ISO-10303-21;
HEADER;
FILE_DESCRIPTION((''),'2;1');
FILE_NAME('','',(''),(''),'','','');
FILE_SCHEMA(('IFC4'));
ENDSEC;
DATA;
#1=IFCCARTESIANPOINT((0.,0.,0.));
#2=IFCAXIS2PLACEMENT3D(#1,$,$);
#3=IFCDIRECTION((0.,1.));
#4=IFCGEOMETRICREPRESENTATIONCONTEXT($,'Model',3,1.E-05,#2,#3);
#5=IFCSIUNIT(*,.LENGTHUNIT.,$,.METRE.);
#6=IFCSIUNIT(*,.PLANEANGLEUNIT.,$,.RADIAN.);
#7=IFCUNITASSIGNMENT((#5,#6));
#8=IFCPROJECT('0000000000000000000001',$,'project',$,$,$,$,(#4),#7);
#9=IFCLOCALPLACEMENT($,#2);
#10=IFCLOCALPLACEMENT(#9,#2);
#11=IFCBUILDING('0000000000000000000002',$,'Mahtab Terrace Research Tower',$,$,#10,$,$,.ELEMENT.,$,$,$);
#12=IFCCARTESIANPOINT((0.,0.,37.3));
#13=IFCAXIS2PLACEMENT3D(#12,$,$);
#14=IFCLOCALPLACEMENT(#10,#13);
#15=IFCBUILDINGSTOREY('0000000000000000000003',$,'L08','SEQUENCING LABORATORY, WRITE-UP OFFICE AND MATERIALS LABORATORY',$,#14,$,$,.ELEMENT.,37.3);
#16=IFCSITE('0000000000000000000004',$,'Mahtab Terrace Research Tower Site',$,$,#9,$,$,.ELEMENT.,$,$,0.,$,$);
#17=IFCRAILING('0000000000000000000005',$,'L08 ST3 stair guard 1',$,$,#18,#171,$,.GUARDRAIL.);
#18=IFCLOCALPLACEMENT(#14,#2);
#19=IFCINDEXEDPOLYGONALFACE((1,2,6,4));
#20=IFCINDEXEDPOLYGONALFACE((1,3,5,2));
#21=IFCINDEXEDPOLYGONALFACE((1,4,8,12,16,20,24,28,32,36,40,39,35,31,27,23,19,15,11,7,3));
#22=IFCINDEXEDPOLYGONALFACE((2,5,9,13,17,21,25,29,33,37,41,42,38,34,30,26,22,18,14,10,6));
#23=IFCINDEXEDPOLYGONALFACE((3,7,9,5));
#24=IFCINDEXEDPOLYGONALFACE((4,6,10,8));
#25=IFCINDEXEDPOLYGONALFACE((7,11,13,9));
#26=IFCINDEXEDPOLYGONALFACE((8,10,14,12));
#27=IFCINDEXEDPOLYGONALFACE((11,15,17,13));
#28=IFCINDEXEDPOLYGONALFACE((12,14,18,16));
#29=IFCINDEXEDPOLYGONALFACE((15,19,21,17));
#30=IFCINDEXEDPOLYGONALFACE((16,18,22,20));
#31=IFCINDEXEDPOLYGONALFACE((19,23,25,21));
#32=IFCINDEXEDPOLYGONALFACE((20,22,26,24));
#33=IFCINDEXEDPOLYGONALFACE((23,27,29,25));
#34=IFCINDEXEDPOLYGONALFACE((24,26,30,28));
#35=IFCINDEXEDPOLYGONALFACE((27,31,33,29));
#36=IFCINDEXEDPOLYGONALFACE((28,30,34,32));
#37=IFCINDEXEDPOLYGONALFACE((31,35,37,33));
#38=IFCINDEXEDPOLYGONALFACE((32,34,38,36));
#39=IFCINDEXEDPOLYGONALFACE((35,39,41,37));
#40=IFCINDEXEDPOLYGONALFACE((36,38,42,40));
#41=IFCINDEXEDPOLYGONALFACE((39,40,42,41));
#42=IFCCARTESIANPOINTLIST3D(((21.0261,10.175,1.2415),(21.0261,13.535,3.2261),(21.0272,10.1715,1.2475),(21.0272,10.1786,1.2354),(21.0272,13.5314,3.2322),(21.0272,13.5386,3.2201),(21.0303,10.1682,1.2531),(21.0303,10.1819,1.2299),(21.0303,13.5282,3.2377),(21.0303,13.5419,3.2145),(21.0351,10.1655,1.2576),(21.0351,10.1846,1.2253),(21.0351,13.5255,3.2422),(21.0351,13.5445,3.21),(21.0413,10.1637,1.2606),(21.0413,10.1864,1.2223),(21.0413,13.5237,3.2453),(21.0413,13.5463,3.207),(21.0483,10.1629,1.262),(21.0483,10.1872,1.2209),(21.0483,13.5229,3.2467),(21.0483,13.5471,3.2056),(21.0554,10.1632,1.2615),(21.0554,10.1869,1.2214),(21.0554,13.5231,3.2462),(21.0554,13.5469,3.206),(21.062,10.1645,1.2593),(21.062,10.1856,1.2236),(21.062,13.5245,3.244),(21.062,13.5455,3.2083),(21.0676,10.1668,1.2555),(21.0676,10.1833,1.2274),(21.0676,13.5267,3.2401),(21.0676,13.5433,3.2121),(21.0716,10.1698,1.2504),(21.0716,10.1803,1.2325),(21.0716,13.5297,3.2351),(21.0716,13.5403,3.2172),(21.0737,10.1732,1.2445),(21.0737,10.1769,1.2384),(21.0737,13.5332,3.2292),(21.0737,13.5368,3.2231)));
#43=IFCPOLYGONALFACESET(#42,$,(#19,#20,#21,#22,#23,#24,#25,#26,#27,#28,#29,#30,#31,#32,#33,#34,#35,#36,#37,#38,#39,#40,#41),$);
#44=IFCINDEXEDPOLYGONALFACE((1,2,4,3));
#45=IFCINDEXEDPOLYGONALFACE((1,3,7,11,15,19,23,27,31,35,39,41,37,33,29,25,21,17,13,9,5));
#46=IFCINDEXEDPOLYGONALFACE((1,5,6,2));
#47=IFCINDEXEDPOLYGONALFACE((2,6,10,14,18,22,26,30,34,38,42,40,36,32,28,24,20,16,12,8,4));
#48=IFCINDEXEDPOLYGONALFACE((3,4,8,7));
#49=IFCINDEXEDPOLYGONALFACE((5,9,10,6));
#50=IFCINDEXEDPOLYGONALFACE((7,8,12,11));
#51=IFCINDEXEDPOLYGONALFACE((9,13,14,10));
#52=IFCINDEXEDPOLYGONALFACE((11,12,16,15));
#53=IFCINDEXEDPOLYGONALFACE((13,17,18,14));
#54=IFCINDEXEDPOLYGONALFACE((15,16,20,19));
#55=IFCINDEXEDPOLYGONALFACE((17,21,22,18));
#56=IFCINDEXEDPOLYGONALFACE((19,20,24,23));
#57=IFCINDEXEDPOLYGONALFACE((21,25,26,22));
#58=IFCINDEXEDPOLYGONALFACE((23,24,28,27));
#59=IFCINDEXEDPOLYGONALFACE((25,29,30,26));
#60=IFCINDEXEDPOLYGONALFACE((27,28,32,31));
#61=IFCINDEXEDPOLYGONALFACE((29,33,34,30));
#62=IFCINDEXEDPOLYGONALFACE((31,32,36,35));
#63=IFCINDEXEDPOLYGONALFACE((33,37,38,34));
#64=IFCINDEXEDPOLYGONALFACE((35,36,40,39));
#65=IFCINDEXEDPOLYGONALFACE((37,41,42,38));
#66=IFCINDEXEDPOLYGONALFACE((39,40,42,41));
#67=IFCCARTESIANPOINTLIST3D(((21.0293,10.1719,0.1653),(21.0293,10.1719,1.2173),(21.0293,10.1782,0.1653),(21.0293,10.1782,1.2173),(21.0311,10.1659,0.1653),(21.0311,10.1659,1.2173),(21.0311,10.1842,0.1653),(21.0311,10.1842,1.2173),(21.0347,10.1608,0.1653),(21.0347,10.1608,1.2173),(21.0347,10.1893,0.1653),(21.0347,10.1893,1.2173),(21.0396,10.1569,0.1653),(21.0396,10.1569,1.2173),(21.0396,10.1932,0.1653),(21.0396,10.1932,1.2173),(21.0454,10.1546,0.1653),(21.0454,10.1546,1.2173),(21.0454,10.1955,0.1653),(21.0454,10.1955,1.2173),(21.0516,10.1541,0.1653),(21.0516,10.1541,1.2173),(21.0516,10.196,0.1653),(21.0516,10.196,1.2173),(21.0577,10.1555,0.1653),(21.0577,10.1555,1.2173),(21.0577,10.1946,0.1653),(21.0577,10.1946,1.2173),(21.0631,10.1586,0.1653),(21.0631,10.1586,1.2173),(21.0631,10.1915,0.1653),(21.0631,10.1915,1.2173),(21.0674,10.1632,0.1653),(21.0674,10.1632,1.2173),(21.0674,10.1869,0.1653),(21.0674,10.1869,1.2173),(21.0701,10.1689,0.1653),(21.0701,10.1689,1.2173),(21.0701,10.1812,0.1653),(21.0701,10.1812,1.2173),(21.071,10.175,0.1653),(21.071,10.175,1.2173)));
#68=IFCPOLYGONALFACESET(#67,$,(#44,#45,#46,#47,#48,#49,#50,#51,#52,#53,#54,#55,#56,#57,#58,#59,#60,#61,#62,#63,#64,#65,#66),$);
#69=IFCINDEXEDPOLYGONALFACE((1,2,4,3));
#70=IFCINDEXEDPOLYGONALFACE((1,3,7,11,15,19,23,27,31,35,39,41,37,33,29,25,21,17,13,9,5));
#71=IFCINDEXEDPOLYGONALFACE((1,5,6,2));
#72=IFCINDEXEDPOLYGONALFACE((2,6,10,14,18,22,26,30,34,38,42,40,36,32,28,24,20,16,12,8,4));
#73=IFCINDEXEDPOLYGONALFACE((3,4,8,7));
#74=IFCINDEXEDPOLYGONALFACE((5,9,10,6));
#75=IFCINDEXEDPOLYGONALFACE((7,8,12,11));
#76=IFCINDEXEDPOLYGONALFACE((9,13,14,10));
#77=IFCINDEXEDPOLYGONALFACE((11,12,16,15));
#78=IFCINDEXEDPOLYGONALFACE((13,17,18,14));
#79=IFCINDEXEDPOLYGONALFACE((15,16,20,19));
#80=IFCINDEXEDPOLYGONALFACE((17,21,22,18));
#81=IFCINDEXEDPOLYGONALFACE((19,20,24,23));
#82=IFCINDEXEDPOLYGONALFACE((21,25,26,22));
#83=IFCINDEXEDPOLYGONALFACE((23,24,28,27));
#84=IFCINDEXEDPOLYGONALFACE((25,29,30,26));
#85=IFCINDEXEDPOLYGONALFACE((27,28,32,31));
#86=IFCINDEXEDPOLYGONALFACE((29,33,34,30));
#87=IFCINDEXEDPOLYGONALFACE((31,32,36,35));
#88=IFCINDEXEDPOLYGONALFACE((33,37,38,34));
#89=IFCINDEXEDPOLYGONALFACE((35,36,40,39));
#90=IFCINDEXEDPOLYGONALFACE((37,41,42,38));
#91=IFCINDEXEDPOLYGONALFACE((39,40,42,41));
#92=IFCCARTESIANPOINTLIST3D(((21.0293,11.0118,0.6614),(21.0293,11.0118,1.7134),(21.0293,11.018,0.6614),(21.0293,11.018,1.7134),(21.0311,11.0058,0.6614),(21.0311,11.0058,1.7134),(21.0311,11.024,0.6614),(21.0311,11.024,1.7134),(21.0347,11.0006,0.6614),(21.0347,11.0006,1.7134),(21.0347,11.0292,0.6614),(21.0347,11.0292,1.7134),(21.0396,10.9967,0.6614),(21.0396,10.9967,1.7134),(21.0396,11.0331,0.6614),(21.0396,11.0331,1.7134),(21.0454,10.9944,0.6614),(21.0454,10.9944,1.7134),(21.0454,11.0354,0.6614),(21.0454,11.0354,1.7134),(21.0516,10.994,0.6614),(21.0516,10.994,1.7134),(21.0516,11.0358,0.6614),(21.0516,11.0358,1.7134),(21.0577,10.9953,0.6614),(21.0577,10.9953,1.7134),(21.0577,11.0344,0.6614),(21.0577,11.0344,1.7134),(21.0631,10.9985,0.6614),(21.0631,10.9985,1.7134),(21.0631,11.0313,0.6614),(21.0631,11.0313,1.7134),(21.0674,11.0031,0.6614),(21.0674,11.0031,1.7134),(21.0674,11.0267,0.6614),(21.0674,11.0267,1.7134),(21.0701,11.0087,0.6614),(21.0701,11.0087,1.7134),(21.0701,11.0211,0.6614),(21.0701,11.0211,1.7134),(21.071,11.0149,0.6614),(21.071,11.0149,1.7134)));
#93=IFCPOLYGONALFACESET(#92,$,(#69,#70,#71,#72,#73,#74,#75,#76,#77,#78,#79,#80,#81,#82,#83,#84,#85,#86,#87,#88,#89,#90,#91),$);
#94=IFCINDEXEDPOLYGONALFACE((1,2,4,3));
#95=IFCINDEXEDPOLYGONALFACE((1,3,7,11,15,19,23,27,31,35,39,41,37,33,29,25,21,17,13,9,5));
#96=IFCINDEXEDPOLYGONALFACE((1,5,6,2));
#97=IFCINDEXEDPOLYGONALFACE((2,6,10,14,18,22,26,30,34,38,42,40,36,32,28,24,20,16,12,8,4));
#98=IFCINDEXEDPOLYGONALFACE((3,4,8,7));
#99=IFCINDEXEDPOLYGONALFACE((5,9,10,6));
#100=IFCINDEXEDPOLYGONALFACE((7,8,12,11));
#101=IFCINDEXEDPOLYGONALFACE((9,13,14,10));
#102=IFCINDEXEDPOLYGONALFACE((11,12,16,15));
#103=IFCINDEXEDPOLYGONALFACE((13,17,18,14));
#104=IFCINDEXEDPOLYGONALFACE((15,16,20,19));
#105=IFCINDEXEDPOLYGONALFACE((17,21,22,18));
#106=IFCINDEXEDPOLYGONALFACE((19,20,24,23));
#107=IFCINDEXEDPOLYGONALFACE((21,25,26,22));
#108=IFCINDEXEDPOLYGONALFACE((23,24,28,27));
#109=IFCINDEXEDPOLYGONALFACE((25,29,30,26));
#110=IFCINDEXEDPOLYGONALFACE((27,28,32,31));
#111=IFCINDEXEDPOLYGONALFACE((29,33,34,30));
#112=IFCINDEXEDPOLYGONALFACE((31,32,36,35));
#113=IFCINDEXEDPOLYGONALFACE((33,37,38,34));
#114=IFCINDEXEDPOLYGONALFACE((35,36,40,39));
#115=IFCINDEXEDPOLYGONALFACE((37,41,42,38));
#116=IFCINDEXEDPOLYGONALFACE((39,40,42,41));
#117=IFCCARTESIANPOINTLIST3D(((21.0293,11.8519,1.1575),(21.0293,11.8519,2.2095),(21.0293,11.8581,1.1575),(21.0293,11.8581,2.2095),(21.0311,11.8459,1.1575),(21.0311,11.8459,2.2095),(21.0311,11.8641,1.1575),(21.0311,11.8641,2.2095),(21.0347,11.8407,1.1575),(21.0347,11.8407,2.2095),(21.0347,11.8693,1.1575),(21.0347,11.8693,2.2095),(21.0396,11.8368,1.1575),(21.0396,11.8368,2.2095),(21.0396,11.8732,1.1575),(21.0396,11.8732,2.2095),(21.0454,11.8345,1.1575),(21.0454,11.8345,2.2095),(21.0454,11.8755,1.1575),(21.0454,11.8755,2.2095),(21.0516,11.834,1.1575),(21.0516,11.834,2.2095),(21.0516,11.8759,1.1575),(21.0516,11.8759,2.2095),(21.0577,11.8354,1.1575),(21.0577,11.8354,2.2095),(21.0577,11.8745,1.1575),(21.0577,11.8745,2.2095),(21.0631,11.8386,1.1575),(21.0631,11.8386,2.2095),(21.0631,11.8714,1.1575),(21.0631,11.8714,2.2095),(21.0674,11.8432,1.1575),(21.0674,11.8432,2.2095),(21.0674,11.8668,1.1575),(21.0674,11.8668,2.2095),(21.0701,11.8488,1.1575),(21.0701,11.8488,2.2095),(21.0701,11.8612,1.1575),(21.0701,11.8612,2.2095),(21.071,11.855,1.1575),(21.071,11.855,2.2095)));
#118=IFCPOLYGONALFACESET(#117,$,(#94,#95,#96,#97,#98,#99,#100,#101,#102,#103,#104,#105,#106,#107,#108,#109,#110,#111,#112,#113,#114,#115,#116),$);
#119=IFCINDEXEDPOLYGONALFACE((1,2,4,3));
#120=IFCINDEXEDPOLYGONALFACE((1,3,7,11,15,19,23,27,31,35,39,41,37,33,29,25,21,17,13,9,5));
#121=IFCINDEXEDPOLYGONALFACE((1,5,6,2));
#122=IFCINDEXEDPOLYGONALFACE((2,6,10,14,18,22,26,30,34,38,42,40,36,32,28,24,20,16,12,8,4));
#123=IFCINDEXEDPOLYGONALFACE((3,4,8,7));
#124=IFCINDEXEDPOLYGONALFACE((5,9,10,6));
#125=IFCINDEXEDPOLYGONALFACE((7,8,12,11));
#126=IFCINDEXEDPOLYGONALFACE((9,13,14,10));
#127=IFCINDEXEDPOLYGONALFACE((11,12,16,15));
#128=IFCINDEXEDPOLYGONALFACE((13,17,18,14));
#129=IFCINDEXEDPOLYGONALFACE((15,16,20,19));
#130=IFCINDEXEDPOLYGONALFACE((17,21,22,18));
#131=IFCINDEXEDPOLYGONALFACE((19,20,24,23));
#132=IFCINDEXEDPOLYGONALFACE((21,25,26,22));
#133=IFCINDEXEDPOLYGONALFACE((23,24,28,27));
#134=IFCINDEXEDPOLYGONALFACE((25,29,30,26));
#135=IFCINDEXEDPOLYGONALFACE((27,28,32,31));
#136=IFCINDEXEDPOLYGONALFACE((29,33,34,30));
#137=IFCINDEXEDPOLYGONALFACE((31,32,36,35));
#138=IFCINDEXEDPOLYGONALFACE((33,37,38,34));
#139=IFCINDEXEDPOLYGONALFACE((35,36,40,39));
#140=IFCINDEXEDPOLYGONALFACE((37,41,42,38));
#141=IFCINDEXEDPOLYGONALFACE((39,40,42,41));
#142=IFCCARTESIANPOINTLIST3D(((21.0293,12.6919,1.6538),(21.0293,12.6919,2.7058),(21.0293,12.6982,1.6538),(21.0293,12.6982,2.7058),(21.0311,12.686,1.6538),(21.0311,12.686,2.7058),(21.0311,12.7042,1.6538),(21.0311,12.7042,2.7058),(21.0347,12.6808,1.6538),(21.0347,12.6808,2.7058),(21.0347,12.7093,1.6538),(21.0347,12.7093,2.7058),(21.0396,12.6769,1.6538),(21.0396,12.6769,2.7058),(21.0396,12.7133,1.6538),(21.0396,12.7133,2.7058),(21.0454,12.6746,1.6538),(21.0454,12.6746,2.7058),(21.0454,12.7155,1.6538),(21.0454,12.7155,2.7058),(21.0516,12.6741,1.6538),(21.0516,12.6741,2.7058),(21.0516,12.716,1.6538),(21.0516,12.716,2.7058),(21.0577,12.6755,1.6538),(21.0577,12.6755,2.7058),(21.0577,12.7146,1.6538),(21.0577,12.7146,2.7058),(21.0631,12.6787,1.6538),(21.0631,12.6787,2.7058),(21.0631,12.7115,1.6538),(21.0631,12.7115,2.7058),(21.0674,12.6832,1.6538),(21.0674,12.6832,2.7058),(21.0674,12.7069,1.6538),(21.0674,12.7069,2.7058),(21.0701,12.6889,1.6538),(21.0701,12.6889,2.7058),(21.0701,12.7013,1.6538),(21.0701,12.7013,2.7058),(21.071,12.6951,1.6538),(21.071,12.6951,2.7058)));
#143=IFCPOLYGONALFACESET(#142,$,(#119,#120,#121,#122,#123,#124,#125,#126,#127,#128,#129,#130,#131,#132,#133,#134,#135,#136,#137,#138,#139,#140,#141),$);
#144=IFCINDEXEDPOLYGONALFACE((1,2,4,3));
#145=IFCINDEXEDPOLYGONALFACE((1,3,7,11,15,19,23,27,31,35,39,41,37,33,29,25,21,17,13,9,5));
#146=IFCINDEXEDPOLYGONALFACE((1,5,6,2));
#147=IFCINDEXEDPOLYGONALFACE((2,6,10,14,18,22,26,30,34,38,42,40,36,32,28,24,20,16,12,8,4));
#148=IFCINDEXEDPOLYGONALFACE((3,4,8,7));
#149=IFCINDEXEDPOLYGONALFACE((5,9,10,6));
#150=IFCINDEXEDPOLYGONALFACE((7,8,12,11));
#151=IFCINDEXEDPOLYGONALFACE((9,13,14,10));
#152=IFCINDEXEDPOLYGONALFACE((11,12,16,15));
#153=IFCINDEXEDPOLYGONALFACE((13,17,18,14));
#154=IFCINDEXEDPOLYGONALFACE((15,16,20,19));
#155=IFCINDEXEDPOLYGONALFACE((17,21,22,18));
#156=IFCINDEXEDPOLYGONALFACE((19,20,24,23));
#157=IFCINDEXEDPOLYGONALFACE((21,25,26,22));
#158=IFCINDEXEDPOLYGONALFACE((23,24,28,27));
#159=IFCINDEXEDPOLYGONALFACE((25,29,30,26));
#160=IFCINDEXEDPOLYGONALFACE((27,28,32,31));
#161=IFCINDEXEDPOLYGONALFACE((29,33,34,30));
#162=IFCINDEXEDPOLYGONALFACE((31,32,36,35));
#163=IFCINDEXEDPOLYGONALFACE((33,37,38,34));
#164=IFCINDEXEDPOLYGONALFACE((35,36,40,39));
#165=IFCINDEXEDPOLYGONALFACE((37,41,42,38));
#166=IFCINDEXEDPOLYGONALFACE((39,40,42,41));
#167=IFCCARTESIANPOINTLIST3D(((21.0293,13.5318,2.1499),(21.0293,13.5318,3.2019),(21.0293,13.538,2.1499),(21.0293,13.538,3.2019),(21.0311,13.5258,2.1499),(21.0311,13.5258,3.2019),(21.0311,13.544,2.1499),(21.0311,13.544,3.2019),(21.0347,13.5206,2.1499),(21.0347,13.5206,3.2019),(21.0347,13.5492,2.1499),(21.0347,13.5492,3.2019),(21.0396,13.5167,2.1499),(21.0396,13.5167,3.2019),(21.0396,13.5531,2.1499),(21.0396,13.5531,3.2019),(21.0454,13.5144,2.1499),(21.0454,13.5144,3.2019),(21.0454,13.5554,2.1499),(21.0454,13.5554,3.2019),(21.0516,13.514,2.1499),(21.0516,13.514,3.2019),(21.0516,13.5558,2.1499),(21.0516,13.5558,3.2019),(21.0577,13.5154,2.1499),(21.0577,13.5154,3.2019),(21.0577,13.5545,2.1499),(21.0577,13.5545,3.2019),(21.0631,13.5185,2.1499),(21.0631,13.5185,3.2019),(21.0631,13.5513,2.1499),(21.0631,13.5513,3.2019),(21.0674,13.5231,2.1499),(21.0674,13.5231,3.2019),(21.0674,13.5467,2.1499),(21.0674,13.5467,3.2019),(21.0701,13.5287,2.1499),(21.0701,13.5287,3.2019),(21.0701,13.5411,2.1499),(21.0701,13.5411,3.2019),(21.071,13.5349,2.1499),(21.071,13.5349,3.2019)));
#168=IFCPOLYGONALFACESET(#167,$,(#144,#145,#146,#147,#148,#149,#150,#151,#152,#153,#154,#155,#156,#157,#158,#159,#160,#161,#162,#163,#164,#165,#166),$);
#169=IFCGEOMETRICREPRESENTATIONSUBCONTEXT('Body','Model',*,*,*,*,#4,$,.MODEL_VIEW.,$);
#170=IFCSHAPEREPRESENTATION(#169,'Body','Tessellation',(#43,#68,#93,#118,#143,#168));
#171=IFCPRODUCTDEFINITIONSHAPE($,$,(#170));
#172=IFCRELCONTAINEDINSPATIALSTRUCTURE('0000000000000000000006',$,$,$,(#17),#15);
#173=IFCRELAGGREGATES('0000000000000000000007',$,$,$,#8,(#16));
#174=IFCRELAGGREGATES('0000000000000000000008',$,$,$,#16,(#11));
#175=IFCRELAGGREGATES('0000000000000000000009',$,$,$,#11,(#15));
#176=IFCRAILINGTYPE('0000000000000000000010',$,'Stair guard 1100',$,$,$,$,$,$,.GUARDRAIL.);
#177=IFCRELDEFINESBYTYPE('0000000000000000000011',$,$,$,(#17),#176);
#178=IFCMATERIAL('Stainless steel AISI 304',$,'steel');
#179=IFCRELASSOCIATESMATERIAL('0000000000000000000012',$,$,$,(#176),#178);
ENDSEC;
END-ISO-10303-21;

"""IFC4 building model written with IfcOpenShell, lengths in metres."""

from ifc_helpers import new_model, si_unit, direction, frame, origin, origin_2d, place, context, subcontext, project, spatial, circle, extrude, material, type_object, element, save


model = new_model("IFC4")

# Units and contexts
model_context = context("Model", 3, precision=1e-05, world=origin(), true_north=direction((0.0, 1.0)))
body_context = subcontext(model_context, "Body", "Model", "MODEL_VIEW")
ifc_project = project(units=[si_unit("LENGTHUNIT", "METRE"), si_unit("PLANEANGLEUNIT", "RADIAN")], contexts=[model_context])

# Site, building, storey
site_placement = place(None, origin())
site = spatial("IfcSite", under=ifc_project, at=site_placement, Name="Mahtab Terrace Research Tower Site", CompositionType="ELEMENT", RefElevation=0.0)
building_placement = place(site_placement, origin())
building = spatial("IfcBuilding", under=site, at=building_placement, Name="Mahtab Terrace Research Tower", CompositionType="ELEMENT")
storey_placement = place(building_placement, frame((0.0, 0.0, 37.3)))
storey = spatial("IfcBuildingStorey", under=building, at=storey_placement, Name="L08", Description="SEQUENCING LABORATORY, WRITE-UP OFFICE AND MATERIALS LABORATORY", CompositionType="ELEMENT", Elevation=37.3)

# Shared definitions
ifc_material_1 = material(Name="Stainless steel AISI 304", Category="steel")

# Railing
railing_type_1 = type_object("IfcRailingType", Name="Stair guard 1100", PredefinedType="GUARDRAIL", material=ifc_material_1)
railing_1_placement = place(storey_placement, frame((21.05, 10.175, 0.1653)))
element("IfcRailing", 1, at=railing_1_placement, inside=storey, type_object=railing_type_1, Name="L08 ST3 stair guard 1", PredefinedType="GUARDRAIL", context=body_context, shape_type="SweptSolid", body=[
    extrude(circle(Radius=0.0239, at=origin_2d()), frame((0.0, 0.0, 1.0762), z_axis=(0.0, 0.861011, 0.508586), x_axis=(-1.0, 0.0, 0.0)), (0.0, 0.0, 1.0), 3.9023),
    extrude(circle(Radius=0.021, at=origin_2d()), origin(), (0.0, 0.0, 1.0), 1.052),
    extrude(circle(Radius=0.021, at=origin_2d()), frame((0.0, 0.8398, 0.4961)), (0.0, 0.0, 1.0), 1.052),
    extrude(circle(Radius=0.021, at=origin_2d()), frame((0.0, 1.6799, 0.9922)), (0.0, 0.0, 1.0), 1.052),
    extrude(circle(Radius=0.021, at=origin_2d()), frame((0.0, 2.52, 1.4885)), (0.0, 0.0, 1.0), 1.052),
    extrude(circle(Radius=0.021, at=origin_2d()), frame((0.0, 3.3599, 1.9846)), (0.0, 0.0, 1.0), 1.052),
])

save(model, "model.ifc")
